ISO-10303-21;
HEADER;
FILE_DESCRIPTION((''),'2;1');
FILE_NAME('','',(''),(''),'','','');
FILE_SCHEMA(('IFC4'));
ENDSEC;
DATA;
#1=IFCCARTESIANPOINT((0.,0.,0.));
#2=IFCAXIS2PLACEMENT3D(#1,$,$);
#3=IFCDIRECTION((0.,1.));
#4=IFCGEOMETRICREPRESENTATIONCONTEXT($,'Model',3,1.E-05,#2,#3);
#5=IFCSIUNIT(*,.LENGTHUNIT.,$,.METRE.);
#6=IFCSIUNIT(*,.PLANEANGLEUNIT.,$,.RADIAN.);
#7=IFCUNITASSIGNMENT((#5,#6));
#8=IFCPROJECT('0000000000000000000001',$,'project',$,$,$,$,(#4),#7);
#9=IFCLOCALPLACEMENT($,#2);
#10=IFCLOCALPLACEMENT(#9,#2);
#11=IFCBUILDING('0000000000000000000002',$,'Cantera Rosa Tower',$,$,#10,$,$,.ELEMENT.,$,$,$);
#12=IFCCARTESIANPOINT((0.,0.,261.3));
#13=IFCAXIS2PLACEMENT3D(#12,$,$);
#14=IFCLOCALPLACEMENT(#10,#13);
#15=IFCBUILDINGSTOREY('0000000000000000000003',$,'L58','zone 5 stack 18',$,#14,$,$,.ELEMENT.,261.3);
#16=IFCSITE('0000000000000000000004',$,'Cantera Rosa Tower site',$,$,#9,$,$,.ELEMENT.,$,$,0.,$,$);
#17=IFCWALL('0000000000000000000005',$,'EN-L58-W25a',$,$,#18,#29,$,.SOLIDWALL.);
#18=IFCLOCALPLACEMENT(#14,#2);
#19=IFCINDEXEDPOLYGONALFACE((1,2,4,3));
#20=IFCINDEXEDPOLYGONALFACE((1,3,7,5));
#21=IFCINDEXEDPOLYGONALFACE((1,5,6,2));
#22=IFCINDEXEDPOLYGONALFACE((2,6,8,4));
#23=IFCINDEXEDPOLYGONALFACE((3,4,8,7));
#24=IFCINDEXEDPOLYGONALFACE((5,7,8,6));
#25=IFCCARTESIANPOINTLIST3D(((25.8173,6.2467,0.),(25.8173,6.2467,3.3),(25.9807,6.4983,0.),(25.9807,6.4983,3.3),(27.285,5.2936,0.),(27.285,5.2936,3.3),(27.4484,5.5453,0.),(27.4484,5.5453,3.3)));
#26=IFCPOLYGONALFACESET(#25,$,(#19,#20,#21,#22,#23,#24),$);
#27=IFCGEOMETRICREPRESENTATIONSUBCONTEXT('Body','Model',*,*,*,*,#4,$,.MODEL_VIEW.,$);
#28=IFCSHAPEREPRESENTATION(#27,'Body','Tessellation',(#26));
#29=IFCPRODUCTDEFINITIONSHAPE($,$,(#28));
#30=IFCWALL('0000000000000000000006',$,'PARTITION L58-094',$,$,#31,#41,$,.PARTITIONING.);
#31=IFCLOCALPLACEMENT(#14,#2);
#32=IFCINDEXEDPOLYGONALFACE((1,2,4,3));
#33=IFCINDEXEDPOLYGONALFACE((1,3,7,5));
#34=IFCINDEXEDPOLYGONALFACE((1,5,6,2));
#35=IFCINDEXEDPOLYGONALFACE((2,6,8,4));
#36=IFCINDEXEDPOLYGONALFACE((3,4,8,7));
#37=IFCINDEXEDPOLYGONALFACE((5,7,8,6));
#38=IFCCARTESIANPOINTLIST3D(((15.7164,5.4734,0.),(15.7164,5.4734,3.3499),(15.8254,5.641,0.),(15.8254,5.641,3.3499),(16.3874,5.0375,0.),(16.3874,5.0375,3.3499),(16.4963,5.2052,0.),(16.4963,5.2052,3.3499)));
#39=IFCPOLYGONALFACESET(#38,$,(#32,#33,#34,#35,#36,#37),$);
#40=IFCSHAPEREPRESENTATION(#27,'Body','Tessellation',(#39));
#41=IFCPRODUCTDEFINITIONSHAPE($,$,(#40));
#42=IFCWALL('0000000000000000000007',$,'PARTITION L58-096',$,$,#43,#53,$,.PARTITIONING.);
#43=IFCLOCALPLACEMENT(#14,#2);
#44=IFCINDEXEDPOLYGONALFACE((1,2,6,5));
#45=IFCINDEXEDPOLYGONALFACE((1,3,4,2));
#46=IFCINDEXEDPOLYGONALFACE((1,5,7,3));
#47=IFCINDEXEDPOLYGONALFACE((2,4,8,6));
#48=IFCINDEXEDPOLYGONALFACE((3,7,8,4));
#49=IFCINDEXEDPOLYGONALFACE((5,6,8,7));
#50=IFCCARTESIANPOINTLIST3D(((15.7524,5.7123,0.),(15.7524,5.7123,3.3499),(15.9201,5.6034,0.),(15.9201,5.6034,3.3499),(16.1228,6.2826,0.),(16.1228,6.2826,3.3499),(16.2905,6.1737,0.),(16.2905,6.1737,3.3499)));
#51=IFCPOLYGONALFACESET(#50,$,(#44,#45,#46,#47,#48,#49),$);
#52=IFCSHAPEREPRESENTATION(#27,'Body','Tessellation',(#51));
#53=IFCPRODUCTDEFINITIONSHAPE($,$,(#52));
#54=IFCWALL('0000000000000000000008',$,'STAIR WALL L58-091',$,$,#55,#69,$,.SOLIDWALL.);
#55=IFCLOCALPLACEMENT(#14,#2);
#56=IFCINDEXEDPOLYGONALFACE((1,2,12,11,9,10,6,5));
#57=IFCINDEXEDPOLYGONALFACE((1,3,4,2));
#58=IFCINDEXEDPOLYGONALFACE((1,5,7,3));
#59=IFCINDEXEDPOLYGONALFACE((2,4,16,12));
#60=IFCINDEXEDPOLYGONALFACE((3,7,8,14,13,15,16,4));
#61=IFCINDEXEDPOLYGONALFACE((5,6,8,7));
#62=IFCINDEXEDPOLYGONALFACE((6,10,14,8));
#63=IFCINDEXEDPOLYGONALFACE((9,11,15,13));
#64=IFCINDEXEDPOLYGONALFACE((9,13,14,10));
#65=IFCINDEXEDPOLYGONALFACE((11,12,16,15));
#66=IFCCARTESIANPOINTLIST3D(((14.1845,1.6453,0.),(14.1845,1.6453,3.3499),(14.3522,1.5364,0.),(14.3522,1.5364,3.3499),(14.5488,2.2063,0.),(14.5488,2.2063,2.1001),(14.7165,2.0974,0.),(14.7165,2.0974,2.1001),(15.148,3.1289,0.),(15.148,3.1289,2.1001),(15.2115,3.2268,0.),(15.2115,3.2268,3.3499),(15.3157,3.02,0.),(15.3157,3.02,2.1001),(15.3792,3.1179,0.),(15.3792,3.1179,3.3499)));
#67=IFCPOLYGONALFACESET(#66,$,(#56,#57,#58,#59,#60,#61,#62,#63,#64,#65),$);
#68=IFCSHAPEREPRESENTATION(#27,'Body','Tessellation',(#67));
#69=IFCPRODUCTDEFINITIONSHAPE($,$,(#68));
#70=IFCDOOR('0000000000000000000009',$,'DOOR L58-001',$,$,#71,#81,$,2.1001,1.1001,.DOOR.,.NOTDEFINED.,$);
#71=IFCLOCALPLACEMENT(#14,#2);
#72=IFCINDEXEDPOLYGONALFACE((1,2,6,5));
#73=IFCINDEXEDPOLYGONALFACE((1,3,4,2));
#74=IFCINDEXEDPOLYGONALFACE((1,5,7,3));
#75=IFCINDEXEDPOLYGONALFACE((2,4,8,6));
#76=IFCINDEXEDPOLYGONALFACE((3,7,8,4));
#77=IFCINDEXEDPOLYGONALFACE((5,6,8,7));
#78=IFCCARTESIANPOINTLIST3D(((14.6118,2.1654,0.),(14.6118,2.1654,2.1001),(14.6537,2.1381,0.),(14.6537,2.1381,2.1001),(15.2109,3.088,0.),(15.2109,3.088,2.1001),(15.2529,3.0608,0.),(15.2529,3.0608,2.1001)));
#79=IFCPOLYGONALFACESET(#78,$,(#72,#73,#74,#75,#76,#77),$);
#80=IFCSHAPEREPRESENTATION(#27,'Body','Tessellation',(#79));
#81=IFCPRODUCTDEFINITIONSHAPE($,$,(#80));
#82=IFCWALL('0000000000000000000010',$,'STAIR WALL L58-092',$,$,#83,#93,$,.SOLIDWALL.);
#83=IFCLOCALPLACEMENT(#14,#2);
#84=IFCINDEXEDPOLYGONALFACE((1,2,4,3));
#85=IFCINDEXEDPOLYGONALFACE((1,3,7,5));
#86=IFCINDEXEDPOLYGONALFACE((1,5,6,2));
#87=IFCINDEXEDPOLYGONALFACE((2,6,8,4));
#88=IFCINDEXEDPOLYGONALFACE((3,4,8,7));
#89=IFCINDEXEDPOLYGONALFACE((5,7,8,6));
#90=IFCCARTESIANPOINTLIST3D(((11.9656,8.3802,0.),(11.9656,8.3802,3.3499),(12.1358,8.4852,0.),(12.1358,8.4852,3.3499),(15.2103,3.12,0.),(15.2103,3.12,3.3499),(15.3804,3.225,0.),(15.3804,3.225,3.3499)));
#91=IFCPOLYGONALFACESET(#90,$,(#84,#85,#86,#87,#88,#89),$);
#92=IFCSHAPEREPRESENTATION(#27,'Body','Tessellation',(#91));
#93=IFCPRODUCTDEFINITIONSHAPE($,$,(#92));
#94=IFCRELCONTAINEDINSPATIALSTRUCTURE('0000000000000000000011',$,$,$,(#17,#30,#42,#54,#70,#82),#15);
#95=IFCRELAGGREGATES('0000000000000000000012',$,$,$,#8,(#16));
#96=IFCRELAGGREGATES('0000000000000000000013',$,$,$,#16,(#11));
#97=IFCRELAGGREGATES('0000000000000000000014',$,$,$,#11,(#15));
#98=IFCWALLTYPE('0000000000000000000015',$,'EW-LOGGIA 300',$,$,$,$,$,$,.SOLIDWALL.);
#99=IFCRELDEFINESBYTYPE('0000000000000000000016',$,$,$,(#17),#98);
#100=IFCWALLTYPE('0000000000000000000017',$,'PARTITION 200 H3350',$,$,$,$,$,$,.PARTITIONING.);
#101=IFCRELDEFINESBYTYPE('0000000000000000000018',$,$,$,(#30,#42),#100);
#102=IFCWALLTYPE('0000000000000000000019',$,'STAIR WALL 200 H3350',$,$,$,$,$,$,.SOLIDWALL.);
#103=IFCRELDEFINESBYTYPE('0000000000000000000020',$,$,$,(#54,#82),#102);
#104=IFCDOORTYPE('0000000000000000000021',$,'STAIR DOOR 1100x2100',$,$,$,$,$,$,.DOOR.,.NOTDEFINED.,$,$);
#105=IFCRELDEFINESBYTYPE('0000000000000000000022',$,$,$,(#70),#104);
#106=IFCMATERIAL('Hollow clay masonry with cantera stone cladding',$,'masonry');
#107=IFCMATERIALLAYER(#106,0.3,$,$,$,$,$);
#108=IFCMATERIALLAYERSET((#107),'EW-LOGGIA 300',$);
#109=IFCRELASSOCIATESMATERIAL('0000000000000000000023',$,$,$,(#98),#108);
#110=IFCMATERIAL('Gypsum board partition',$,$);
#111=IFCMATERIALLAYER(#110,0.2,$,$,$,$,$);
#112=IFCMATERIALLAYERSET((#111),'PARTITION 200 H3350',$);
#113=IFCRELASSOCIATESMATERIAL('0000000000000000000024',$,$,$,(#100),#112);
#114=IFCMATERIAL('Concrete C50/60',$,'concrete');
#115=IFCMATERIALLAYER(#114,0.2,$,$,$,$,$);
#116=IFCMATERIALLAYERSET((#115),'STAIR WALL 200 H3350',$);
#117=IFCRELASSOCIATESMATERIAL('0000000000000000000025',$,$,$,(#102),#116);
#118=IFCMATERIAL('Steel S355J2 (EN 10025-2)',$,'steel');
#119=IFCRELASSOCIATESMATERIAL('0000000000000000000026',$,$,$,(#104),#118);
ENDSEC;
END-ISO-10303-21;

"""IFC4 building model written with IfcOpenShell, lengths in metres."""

from ifc_helpers import new_model, si_unit, direction, frame, frame_2d, origin, place, context, subcontext, project, spatial, rectangle, extrude, material, layer, layer_set, type_object, element, fill, save


model = new_model("IFC4")

# Units and contexts
model_context = context("Model", 3, precision=1e-05, world=origin(), true_north=direction((0.0, 1.0)))
body_context = subcontext(model_context, "Body", "Model", "MODEL_VIEW")
ifc_project = project(units=[si_unit("LENGTHUNIT", "METRE"), si_unit("PLANEANGLEUNIT", "RADIAN")], contexts=[model_context])

# Site, building, storey
site_placement = place(None, origin())
site = spatial("IfcSite", under=ifc_project, at=site_placement, Name="Cantera Rosa Tower site", CompositionType="ELEMENT", RefElevation=0.0)
building_placement = place(site_placement, origin())
building = spatial("IfcBuilding", under=site, at=building_placement, Name="Cantera Rosa Tower", CompositionType="ELEMENT")
storey_placement = place(building_placement, frame((0.0, 0.0, 261.3)))
storey = spatial("IfcBuildingStorey", under=building, at=storey_placement, Name="L58", Description="zone 5 stack 18", CompositionType="ELEMENT", Elevation=261.3)

# Walls
ifc_material_1 = material(Name="Hollow clay masonry with cantera stone cladding", Category="masonry")
ifc_layer_1 = layer(ifc_material_1, 0.3)
ifc_layer_set_1 = layer_set([ifc_layer_1], Name="EW-LOGGIA 300")
wall_type_1 = type_object("IfcWallType", Name="EW-LOGGIA 300", PredefinedType="SOLIDWALL", material=ifc_layer_set_1)
wall_1_placement = place(storey_placement, frame((27.3667, 5.4194, 0.0), z_axis=(0.0, 0.0, 1.0), x_axis=(-0.838686, 0.544616, 0.0)))
element("IfcWall", 1, at=wall_1_placement, inside=storey, type_object=wall_type_1, Name="EN-L58-W25a", PredefinedType="SOLIDWALL", context=body_context, shape_type="SweptSolid", body=[
    extrude(rectangle(XDim=1.75, YDim=0.3, at=frame_2d((0.875, 0.0))), origin(), (0.0, 0.0, 1.0), 3.3),
])
ifc_material_2 = material(Name="Gypsum board partition")
ifc_layer_2 = layer(ifc_material_2, 0.2)
ifc_layer_set_2 = layer_set([ifc_layer_2], Name="PARTITION 200 H3350")
wall_type_2 = type_object("IfcWallType", Name="PARTITION 200 H3350", PredefinedType="PARTITIONING", material=ifc_layer_set_2)
wall_2_placement = place(storey_placement, frame((15.771, 5.5571, 0.0), z_axis=(0.0, 0.0, 1.0), x_axis=(0.838611, -0.544731, 0.0)))
element("IfcWall", 2, at=wall_2_placement, inside=storey, type_object=wall_type_2, Name="PARTITION L58-094", PredefinedType="PARTITIONING", context=body_context, shape_type="SweptSolid", body=[
    extrude(rectangle(XDim=0.8, YDim=0.2, at=frame_2d((0.3999, 0.0))), origin(), (0.0, 0.0, 1.0), 3.3499),
])
wall_3_placement = place(storey_placement, frame((16.2065, 6.228, 0.0), z_axis=(0.0, 0.0, 1.0), x_axis=(-0.544635, -0.838673, 0.0)))
element("IfcWall", 3, at=wall_3_placement, inside=storey, type_object=wall_type_2, Name="PARTITION L58-096", PredefinedType="PARTITIONING", context=body_context, shape_type="SweptSolid", body=[
    extrude(rectangle(XDim=0.6799, YDim=0.2, at=frame_2d((0.3398, 0.0))), origin(), (0.0, 0.0, 1.0), 3.3499),
])

# Wall, opening, door
ifc_material_3 = material(Name="Concrete C50/60", Category="concrete")
ifc_layer_3 = layer(ifc_material_3, 0.2)
ifc_layer_set_3 = layer_set([ifc_layer_3], Name="STAIR WALL 200 H3350")
wall_type_3 = type_object("IfcWallType", Name="STAIR WALL 200 H3350", PredefinedType="SOLIDWALL", material=ifc_layer_set_3)
wall_4_placement = place(storey_placement, frame((14.2683, 1.5908, 0.0), z_axis=(0.0, 0.0, 1.0), x_axis=(0.544652, 0.838662, 0.0)))
wall_4 = element("IfcWall", 4, at=wall_4_placement, inside=storey, type_object=wall_type_3, Name="STAIR WALL L58-091", PredefinedType="SOLIDWALL", context=body_context, shape_type="SweptSolid", body=[
    extrude(rectangle(XDim=1.8857, YDim=0.2, at=frame_2d((0.9429, 0.0))), origin(), (0.0, 0.0, 1.0), 3.3499),
])
opening_1_placement = place(wall_4_placement, frame((0.6689, 0.0, 0.0)))
opening_1 = element("IfcOpeningElement", 5, at=opening_1_placement, cuts=wall_4, PredefinedType="OPENING", context=body_context, shape_type="SweptSolid", body=[
    extrude(rectangle(XDim=1.1001, YDim=2.1001, at=frame_2d((0.55, 1.05))), frame((0.0, 0.1099, 0.0), z_axis=(0.0, -1.0, 0.0), x_axis=(1.0, 0.0, 0.0)), (0.0, 0.0, 1.0), 0.22),
])
ifc_material_4 = material(Name="Steel S355J2 (EN 10025-2)", Category="steel")
door_type_1 = type_object("IfcDoorType", Name="STAIR DOOR 1100x2100", OperationType="NOTDEFINED", PredefinedType="DOOR", material=ifc_material_4)
door_1_placement = place(opening_1_placement, origin())
door_1 = element("IfcDoor", 6, at=door_1_placement, inside=storey, type_object=door_type_1, Name="DOOR L58-001", OperationType="NOTDEFINED", OverallHeight=2.1001, OverallWidth=1.1001, PredefinedType="DOOR", context=body_context, shape_type="SweptSolid", body=[
    extrude(rectangle(XDim=1.1001, YDim=2.1001, at=frame_2d((0.55, 1.05))), frame((0.0, 0.0249, 0.0), z_axis=(0.0, -1.0, 0.0), x_axis=(1.0, 0.0, 0.0)), (0.0, 0.0, 1.0), 0.05),
])
fill(opening_1, door_1)

# Wall
wall_5_placement = place(storey_placement, frame((15.2954, 3.1724, 0.0), z_axis=(0.0, 0.0, 1.0), x_axis=(-0.524983, 0.851113, 0.0)))
element("IfcWall", 7, at=wall_5_placement, inside=storey, type_object=wall_type_3, Name="STAIR WALL L58-092", PredefinedType="SOLIDWALL", context=body_context, shape_type="SweptSolid", body=[
    extrude(rectangle(XDim=6.1804, YDim=0.2, at=frame_2d((3.0903, 0.0))), origin(), (0.0, 0.0, 1.0), 3.3499),
])

save(model, "model.ifc")
